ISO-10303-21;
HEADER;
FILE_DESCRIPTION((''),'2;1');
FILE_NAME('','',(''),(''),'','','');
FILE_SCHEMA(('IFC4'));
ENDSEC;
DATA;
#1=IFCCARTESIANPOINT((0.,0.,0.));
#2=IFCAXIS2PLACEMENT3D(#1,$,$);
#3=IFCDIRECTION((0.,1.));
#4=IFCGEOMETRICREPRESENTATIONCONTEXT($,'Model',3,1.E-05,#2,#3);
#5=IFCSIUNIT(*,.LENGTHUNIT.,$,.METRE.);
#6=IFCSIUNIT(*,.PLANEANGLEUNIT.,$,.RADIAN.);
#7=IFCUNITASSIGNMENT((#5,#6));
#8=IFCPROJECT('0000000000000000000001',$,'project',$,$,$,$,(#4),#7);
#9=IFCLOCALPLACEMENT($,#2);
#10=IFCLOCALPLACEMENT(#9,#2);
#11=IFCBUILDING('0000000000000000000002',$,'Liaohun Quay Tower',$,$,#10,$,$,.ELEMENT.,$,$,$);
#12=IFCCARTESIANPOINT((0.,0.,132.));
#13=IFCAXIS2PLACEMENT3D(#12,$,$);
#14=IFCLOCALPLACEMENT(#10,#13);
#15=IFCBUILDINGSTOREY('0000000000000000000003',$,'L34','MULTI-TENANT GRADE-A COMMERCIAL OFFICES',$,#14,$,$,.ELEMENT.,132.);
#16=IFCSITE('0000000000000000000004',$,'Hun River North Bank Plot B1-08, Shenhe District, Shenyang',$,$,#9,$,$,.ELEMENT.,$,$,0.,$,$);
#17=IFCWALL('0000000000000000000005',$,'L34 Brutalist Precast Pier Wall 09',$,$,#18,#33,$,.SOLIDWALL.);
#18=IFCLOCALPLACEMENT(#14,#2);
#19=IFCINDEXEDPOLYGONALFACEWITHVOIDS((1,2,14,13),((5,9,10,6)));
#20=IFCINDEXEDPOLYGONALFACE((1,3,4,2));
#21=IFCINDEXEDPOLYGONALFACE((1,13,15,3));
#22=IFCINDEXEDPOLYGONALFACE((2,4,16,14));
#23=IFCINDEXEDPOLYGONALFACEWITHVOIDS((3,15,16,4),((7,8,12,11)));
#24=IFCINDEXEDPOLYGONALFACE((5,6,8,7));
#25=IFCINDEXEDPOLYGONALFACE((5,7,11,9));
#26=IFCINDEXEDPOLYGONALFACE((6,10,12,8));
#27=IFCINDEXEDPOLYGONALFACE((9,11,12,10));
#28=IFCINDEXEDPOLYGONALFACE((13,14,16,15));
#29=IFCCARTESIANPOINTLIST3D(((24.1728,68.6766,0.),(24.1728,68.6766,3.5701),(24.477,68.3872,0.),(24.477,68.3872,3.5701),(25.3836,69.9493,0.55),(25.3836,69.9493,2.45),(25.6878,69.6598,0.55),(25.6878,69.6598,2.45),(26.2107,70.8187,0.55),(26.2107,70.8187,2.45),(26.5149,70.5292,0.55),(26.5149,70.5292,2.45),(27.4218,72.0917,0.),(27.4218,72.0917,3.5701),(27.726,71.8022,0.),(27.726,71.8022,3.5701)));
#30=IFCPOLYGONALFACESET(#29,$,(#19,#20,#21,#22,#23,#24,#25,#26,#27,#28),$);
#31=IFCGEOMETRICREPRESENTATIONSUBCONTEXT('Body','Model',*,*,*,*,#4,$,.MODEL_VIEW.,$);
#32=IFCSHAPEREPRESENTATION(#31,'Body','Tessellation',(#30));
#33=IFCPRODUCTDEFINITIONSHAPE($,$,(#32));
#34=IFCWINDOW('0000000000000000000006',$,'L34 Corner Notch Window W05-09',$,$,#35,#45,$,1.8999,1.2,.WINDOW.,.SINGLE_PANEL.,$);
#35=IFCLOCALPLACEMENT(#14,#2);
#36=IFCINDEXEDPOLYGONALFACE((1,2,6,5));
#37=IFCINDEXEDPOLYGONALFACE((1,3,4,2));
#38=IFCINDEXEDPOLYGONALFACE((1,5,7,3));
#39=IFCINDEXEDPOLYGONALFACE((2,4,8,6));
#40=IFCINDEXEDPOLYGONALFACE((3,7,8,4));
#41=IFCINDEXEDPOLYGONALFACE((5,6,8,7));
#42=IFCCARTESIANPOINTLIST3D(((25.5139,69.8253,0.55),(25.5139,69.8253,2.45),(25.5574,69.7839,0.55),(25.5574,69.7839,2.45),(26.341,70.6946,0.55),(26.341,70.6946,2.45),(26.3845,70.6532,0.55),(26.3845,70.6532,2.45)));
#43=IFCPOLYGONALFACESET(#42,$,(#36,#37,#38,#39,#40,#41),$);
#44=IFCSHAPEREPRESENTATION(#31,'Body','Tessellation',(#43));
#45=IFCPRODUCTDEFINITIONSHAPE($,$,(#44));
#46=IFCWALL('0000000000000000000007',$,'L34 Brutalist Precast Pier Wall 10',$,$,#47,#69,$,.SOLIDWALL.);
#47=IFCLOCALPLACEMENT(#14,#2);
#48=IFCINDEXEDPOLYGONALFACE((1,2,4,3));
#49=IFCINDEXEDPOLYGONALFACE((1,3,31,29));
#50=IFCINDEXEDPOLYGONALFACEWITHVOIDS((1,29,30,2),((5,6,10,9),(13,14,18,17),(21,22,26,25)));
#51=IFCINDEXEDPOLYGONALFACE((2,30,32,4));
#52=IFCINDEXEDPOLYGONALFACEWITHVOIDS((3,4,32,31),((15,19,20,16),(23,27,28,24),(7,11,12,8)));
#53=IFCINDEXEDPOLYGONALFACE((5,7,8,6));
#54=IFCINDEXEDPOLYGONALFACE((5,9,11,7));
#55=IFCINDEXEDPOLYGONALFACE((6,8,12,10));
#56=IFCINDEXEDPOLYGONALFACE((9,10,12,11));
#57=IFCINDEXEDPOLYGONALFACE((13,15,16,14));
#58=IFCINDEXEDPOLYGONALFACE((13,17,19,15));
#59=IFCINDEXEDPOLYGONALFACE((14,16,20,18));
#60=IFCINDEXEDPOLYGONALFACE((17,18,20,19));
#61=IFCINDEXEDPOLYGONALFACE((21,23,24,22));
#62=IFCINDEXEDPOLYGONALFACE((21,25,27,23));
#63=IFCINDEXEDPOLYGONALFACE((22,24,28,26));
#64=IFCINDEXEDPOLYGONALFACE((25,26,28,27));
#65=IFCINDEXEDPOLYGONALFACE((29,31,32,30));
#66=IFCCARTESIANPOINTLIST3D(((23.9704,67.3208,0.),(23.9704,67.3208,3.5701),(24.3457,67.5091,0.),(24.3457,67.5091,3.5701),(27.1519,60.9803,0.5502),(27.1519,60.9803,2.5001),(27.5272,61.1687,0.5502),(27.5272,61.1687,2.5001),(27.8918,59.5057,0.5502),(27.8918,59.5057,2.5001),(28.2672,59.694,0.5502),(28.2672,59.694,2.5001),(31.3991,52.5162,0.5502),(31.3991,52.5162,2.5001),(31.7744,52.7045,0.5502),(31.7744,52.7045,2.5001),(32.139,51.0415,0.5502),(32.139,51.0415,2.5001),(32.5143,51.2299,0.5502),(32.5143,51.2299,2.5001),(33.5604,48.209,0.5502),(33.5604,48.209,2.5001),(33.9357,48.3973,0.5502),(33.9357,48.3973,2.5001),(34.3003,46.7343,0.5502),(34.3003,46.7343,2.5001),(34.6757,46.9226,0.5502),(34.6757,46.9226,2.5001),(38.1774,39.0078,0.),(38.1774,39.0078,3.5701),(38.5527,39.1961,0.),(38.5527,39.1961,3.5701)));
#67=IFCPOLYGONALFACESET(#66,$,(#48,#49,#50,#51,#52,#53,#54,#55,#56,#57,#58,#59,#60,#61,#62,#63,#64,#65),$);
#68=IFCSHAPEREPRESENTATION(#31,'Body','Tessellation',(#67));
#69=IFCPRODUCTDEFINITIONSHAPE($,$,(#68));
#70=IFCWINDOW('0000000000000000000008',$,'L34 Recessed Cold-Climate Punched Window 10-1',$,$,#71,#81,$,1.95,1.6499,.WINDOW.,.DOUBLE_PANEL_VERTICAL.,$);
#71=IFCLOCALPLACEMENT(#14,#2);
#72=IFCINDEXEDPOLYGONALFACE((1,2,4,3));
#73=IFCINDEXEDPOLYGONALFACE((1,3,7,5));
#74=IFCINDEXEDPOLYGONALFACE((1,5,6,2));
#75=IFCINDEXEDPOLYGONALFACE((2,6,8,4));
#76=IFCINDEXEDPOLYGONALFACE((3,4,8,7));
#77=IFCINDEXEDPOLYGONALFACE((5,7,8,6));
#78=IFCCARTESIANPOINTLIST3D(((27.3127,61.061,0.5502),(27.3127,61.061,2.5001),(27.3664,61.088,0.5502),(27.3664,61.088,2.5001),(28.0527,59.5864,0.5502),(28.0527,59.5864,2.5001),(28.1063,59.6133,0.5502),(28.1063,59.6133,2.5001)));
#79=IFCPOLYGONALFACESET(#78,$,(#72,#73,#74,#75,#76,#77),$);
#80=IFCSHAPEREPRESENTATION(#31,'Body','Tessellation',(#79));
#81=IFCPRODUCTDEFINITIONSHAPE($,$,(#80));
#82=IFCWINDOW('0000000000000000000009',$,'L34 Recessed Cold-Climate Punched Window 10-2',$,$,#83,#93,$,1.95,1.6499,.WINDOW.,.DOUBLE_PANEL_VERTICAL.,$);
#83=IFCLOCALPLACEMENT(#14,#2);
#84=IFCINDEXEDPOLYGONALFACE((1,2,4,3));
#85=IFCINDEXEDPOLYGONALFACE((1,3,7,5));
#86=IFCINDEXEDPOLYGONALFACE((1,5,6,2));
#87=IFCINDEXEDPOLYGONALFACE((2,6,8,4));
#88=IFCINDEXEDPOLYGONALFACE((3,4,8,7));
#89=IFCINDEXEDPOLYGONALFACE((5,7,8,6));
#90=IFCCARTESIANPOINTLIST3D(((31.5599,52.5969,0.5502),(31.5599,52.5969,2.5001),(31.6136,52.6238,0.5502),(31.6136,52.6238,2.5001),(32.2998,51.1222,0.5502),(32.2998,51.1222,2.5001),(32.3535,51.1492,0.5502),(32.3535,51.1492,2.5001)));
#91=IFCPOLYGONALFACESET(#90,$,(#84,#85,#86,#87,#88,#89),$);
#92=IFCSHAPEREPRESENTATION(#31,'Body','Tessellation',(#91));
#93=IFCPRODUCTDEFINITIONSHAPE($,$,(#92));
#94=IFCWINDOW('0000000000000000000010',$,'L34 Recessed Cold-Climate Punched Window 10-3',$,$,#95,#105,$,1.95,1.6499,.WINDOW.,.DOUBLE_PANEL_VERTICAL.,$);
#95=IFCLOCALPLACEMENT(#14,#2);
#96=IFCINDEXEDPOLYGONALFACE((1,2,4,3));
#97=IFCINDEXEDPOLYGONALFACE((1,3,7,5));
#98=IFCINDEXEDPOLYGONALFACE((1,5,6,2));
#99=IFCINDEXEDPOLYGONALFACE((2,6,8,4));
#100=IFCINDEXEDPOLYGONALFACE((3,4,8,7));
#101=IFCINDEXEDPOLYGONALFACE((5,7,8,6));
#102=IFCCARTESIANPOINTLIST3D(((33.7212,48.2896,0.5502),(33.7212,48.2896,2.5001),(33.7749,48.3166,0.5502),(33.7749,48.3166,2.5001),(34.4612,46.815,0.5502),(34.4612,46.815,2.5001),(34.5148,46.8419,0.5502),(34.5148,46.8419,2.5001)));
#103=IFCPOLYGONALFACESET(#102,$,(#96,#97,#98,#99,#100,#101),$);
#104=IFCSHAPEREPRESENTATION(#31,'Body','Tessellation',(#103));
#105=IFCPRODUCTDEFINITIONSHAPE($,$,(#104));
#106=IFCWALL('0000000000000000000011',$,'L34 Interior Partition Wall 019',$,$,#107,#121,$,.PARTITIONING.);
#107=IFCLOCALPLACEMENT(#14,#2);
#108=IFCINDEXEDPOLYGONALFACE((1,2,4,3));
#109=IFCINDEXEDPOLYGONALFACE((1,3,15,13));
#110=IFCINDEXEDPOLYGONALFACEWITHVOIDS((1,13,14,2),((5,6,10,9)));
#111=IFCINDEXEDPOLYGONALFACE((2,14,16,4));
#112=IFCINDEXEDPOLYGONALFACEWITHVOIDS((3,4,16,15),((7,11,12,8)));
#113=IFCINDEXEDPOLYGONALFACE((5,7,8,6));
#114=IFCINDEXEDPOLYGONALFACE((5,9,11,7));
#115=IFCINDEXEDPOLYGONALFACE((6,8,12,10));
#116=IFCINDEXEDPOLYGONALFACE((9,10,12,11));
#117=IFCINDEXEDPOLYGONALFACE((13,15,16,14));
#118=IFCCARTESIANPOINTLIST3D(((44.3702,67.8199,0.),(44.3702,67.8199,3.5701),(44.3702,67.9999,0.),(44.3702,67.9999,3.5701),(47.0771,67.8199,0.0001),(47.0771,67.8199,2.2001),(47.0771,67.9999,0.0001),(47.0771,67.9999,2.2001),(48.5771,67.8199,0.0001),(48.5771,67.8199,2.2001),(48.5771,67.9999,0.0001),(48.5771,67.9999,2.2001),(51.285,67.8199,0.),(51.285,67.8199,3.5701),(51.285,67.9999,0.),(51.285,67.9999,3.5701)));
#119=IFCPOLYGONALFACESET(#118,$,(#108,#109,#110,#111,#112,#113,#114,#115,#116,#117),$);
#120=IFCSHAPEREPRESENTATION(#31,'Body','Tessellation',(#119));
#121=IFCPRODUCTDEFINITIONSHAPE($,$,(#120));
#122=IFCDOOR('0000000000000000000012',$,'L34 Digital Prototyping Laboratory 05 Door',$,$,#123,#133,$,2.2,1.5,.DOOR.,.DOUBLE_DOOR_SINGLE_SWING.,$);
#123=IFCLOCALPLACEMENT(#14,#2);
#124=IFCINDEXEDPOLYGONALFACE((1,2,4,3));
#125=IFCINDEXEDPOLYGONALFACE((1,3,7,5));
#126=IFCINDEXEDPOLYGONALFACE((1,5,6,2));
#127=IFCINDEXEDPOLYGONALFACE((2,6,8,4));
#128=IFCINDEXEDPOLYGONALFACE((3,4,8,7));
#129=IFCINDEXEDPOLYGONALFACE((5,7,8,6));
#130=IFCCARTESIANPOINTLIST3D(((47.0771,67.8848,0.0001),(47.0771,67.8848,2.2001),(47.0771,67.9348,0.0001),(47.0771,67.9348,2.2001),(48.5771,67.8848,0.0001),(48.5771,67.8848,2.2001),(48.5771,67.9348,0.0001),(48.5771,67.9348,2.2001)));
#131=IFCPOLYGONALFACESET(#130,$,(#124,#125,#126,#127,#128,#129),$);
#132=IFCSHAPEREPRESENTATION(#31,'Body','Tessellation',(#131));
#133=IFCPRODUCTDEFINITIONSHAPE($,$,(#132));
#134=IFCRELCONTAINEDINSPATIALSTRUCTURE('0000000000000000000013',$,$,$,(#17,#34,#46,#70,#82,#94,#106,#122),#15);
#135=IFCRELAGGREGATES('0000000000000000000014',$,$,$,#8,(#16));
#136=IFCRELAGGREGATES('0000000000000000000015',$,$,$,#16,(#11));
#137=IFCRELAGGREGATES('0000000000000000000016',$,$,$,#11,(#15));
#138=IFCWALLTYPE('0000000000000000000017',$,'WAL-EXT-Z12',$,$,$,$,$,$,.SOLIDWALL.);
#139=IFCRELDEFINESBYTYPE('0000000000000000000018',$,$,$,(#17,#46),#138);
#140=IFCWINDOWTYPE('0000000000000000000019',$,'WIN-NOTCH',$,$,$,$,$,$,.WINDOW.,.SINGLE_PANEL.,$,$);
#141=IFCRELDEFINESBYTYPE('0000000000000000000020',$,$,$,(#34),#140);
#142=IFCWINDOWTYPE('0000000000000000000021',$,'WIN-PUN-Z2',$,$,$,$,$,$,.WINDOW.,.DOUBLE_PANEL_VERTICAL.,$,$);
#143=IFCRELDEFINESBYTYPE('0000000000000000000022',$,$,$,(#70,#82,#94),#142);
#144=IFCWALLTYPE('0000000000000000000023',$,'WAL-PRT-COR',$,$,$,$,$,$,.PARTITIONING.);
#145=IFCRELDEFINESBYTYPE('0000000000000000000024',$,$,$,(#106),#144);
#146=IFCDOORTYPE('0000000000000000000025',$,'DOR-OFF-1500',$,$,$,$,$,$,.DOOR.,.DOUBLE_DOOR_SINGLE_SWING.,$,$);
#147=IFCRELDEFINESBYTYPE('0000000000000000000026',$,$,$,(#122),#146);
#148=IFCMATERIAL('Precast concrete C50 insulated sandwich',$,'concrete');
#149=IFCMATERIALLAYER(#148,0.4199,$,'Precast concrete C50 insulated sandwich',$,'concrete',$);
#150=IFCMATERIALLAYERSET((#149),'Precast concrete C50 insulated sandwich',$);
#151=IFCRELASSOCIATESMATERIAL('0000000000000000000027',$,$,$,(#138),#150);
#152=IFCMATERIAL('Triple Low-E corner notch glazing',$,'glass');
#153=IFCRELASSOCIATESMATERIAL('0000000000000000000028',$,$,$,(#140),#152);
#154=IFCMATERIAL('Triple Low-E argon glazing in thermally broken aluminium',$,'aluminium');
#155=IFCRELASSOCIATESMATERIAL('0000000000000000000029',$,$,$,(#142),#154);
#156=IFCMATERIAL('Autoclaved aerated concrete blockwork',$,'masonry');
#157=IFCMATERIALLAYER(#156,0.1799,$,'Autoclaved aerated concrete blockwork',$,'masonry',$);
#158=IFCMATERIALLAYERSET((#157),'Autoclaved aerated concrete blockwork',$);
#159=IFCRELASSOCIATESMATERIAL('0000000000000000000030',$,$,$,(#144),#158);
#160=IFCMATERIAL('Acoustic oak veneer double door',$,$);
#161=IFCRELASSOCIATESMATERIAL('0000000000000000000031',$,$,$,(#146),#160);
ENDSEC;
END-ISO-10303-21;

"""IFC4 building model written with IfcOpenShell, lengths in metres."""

from ifc_helpers import new_model, si_unit, direction, frame, frame_2d, origin, place, context, subcontext, project, spatial, rectangle, extrude, source, transform, mapped, material, layer, layer_set, type_object, element, fill, save


model = new_model("IFC4")

# Units and contexts
model_context = context("Model", 3, precision=1e-05, world=origin(), true_north=direction((0.0, 1.0)))
body_context = subcontext(model_context, "Body", "Model", "MODEL_VIEW")
ifc_project = project(units=[si_unit("LENGTHUNIT", "METRE"), si_unit("PLANEANGLEUNIT", "RADIAN")], contexts=[model_context])

# Site, building, storey
site_placement = place(None, origin())
site = spatial("IfcSite", under=ifc_project, at=site_placement, Name="Hun River North Bank Plot B1-08, Shenhe District, Shenyang", CompositionType="ELEMENT", RefElevation=0.0)
building_placement = place(site_placement, origin())
building = spatial("IfcBuilding", under=site, at=building_placement, Name="Liaohun Quay Tower", CompositionType="ELEMENT")
storey_placement = place(building_placement, frame((0.0, 0.0, 132.0)))
storey = spatial("IfcBuildingStorey", under=building, at=storey_placement, Name="L34", Description="MULTI-TENANT GRADE-A COMMERCIAL OFFICES", CompositionType="ELEMENT", Elevation=132.0)

# Wall, opening, window
ifc_material_1 = material(Name="Precast concrete C50 insulated sandwich", Category="concrete")
ifc_layer_1 = layer(ifc_material_1, 0.4199, Name="Precast concrete C50 insulated sandwich", Category="concrete")
ifc_layer_set_1 = layer_set([ifc_layer_1], Name="Precast concrete C50 insulated sandwich")
wall_type_1 = type_object("IfcWallType", Name="WAL-EXT-Z12", PredefinedType="SOLIDWALL", material=ifc_layer_set_1)
shared_shape_1 = source(origin(), body_context, "Body", "SweptSolid", [
    extrude(rectangle(XDim=1.2, YDim=1.8999, at=frame_2d((0.6001, 0.95))), frame((0.0, 0.22, 0.0), z_axis=(0.0, -1.0, 0.0), x_axis=(1.0, 0.0, 0.0)), (0.0, 0.0, 1.0), 0.4399),
])
ifc_material_2 = material(Name="Triple Low-E corner notch glazing", Category="glass")
window_type_1 = type_object("IfcWindowType", Name="WIN-NOTCH", PartitioningType="SINGLE_PANEL", PredefinedType="WINDOW", material=ifc_material_2)
shared_shape_2 = source(origin(), body_context, "Body", "SweptSolid", [
    extrude(rectangle(XDim=1.2, YDim=1.8999, at=frame_2d((0.6001, 0.95))), frame((0.0, 0.03, 0.0), z_axis=(0.0, -1.0, 0.0), x_axis=(1.0, 0.0, 0.0)), (0.0, 0.0, 1.0), 0.0601),
])
wall_1_placement = place(storey_placement, frame((27.574, 71.947, 0.0), z_axis=(0.0, 0.0, 1.0), x_axis=(-0.689277, -0.724497, 0.0)))
wall_1 = element("IfcWall", 1, at=wall_1_placement, inside=storey, type_object=wall_type_1, Name="L34 Brutalist Precast Pier Wall 09", PredefinedType="SOLIDWALL", context=body_context, shape_type="SweptSolid", body=[
    extrude(rectangle(XDim=4.7136, YDim=0.4199, at=frame_2d((2.3569, 0.0))), origin(), (0.0, 0.0, 1.0), 3.5701),
])
opening_1_placement = place(wall_1_placement, frame((1.7571, 0.0, 0.55)))
opening_1 = element("IfcOpeningElement", 2, at=opening_1_placement, cuts=wall_1, PredefinedType="OPENING", context=body_context, shape_type="MappedRepresentation", body=[
    mapped(shared_shape_1, transform((0.0, 0.0, 0.0), x_axis=(1.0, 0.0, 0.0), y_axis=(0.0, 1.0, 0.0), z_axis=(0.0, 0.0, 1.0), scale=1.0)),
])
window_1_placement = place(opening_1_placement, origin())
window_1 = element("IfcWindow", 3, at=window_1_placement, inside=storey, type_object=window_type_1, Name="L34 Corner Notch Window W05-09", OverallHeight=1.8999, OverallWidth=1.2, PartitioningType="SINGLE_PANEL", PredefinedType="WINDOW", context=body_context, shape_type="MappedRepresentation", body=[
    mapped(shared_shape_2, transform((0.0, 0.0, 0.0), x_axis=(1.0, 0.0, 0.0), y_axis=(0.0, 1.0, 0.0), z_axis=(0.0, 0.0, 1.0), scale=1.0)),
])
fill(opening_1, window_1)

# Wall, openings, windows
wall_2_placement = place(storey_placement, frame((24.158, 67.415, 0.0), z_axis=(0.0, 0.0, 1.0), x_axis=(0.448489, -0.893788, 0.0)))
wall_2 = element("IfcWall", 4, at=wall_2_placement, inside=storey, type_object=wall_type_1, Name="L34 Brutalist Precast Pier Wall 10", PredefinedType="SOLIDWALL", context=body_context, shape_type="SweptSolid", body=[
    extrude(rectangle(XDim=31.6775, YDim=0.4199, at=frame_2d((15.8389, 0.0))), origin(), (0.0, 0.0, 1.0), 3.5701),
])
shared_shape_3 = source(origin(), body_context, "Body", "SweptSolid", [
    extrude(rectangle(XDim=1.6499, YDim=1.95, at=frame_2d((0.825, 0.9751))), frame((0.0, 0.22, 0.0), z_axis=(0.0, -1.0, 0.0), x_axis=(1.0, 0.0, 0.0)), (0.0, 0.0, 1.0), 0.4399),
])
opening_2_placement = place(wall_2_placement, frame((7.094, 0.0, 0.55)))
opening_2 = element("IfcOpeningElement", 5, at=opening_2_placement, cuts=wall_2, PredefinedType="OPENING", context=body_context, shape_type="MappedRepresentation", body=[
    mapped(shared_shape_3, transform((0.0, 0.0, 0.0), x_axis=(1.0, 0.0, 0.0), y_axis=(0.0, 1.0, 0.0), z_axis=(0.0, 0.0, 1.0), scale=1.0)),
])
opening_3_placement = place(wall_2_placement, frame((16.564, 0.0, 0.55)))
opening_3 = element("IfcOpeningElement", 6, at=opening_3_placement, cuts=wall_2, PredefinedType="OPENING", context=body_context, shape_type="MappedRepresentation", body=[
    mapped(shared_shape_3, transform((0.0, 0.0, 0.0), x_axis=(1.0, 0.0, 0.0), y_axis=(0.0, 1.0, 0.0), z_axis=(0.0, 0.0, 1.0), scale=1.0)),
])
opening_4_placement = place(wall_2_placement, frame((21.3831, 0.0, 0.55)))
opening_4 = element("IfcOpeningElement", 7, at=opening_4_placement, cuts=wall_2, PredefinedType="OPENING", context=body_context, shape_type="MappedRepresentation", body=[
    mapped(shared_shape_3, transform((0.0, 0.0, 0.0), x_axis=(1.0, 0.0, 0.0), y_axis=(0.0, 1.0, 0.0), z_axis=(0.0, 0.0, 1.0), scale=1.0)),
])
ifc_material_3 = material(Name="Triple Low-E argon glazing in thermally broken aluminium", Category="aluminium")
window_type_2 = type_object("IfcWindowType", Name="WIN-PUN-Z2", PartitioningType="DOUBLE_PANEL_VERTICAL", PredefinedType="WINDOW", material=ifc_material_3)
shared_shape_4 = source(origin(), body_context, "Body", "SweptSolid", [
    extrude(rectangle(XDim=1.6499, YDim=1.95, at=frame_2d((0.825, 0.9751))), frame((0.0, 0.03, 0.0), z_axis=(0.0, -1.0, 0.0), x_axis=(1.0, 0.0, 0.0)), (0.0, 0.0, 1.0), 0.0601),
])
window_2_placement = place(opening_2_placement, origin())
window_2 = element("IfcWindow", 8, at=window_2_placement, inside=storey, type_object=window_type_2, Name="L34 Recessed Cold-Climate Punched Window 10-1", OverallHeight=1.95, OverallWidth=1.6499, PartitioningType="DOUBLE_PANEL_VERTICAL", PredefinedType="WINDOW", context=body_context, shape_type="MappedRepresentation", body=[
    mapped(shared_shape_4, transform((0.0, 0.0, 0.0), x_axis=(1.0, 0.0, 0.0), y_axis=(0.0, 1.0, 0.0), z_axis=(0.0, 0.0, 1.0), scale=1.0)),
])
fill(opening_2, window_2)
window_3_placement = place(opening_3_placement, origin())
window_3 = element("IfcWindow", 9, at=window_3_placement, inside=storey, type_object=window_type_2, Name="L34 Recessed Cold-Climate Punched Window 10-2", OverallHeight=1.95, OverallWidth=1.6499, PartitioningType="DOUBLE_PANEL_VERTICAL", PredefinedType="WINDOW", context=body_context, shape_type="MappedRepresentation", body=[
    mapped(shared_shape_4, transform((0.0, 0.0, 0.0), x_axis=(1.0, 0.0, 0.0), y_axis=(0.0, 1.0, 0.0), z_axis=(0.0, 0.0, 1.0), scale=1.0)),
])
fill(opening_3, window_3)
window_4_placement = place(opening_4_placement, origin())
window_4 = element("IfcWindow", 10, at=window_4_placement, inside=storey, type_object=window_type_2, Name="L34 Recessed Cold-Climate Punched Window 10-3", OverallHeight=1.95, OverallWidth=1.6499, PartitioningType="DOUBLE_PANEL_VERTICAL", PredefinedType="WINDOW", context=body_context, shape_type="MappedRepresentation", body=[
    mapped(shared_shape_4, transform((0.0, 0.0, 0.0), x_axis=(1.0, 0.0, 0.0), y_axis=(0.0, 1.0, 0.0), z_axis=(0.0, 0.0, 1.0), scale=1.0)),
])
fill(opening_4, window_4)

# Wall, opening, door
ifc_material_4 = material(Name="Autoclaved aerated concrete blockwork", Category="masonry")
ifc_layer_2 = layer(ifc_material_4, 0.1799, Name="Autoclaved aerated concrete blockwork", Category="masonry")
ifc_layer_set_2 = layer_set([ifc_layer_2], Name="Autoclaved aerated concrete blockwork")
wall_type_2 = type_object("IfcWallType", Name="WAL-PRT-COR", PredefinedType="PARTITIONING", material=ifc_layer_set_2)
wall_3_placement = place(storey_placement, frame((44.3701, 67.9099, 0.0), z_axis=(0.0, 0.0, 1.0), x_axis=(1.0, 0.0, 0.0)))
wall_3 = element("IfcWall", 11, at=wall_3_placement, inside=storey, type_object=wall_type_2, Name="L34 Interior Partition Wall 019", PredefinedType="PARTITIONING", context=body_context, shape_type="SweptSolid", body=[
    extrude(rectangle(XDim=6.9148, YDim=0.1799, at=frame_2d((3.4575, 0.0))), origin(), (0.0, 0.0, 1.0), 3.5701),
])
shared_shape_5 = source(origin(), body_context, "Body", "SweptSolid", [
    extrude(rectangle(XDim=1.5, YDim=2.2, at=frame_2d((0.75, 1.1001))), frame((0.0, 0.0999, 0.0), z_axis=(0.0, -1.0, 0.0), x_axis=(1.0, 0.0, 0.0)), (0.0, 0.0, 1.0), 0.2),
])
opening_5_placement = place(wall_3_placement, frame((2.707, 0.0, 0.0)))
opening_5 = element("IfcOpeningElement", 12, at=opening_5_placement, cuts=wall_3, PredefinedType="OPENING", context=body_context, shape_type="MappedRepresentation", body=[
    mapped(shared_shape_5, transform((0.0, 0.0, 0.0), x_axis=(1.0, 0.0, 0.0), y_axis=(0.0, 1.0, 0.0), z_axis=(0.0, 0.0, 1.0), scale=1.0)),
])
ifc_material_5 = material(Name="Acoustic oak veneer double door")
door_type_1 = type_object("IfcDoorType", Name="DOR-OFF-1500", OperationType="DOUBLE_DOOR_SINGLE_SWING", PredefinedType="DOOR", material=ifc_material_5)
shared_shape_6 = source(origin(), body_context, "Body", "SweptSolid", [
    extrude(rectangle(XDim=1.5, YDim=2.2, at=frame_2d((0.75, 1.1001))), frame((0.0, 0.0249, 0.0), z_axis=(0.0, -1.0, 0.0), x_axis=(1.0, 0.0, 0.0)), (0.0, 0.0, 1.0), 0.05),
])
door_1_placement = place(opening_5_placement, origin())
door_1 = element("IfcDoor", 13, at=door_1_placement, inside=storey, type_object=door_type_1, Name="L34 Digital Prototyping Laboratory 05 Door", OperationType="DOUBLE_DOOR_SINGLE_SWING", OverallHeight=2.2, OverallWidth=1.5, PredefinedType="DOOR", context=body_context, shape_type="MappedRepresentation", body=[
    mapped(shared_shape_6, transform((0.0, 0.0, 0.0), x_axis=(1.0, 0.0, 0.0), y_axis=(0.0, 1.0, 0.0), z_axis=(0.0, 0.0, 1.0), scale=1.0)),
])
fill(opening_5, door_1)

save(model, "model.ifc")
